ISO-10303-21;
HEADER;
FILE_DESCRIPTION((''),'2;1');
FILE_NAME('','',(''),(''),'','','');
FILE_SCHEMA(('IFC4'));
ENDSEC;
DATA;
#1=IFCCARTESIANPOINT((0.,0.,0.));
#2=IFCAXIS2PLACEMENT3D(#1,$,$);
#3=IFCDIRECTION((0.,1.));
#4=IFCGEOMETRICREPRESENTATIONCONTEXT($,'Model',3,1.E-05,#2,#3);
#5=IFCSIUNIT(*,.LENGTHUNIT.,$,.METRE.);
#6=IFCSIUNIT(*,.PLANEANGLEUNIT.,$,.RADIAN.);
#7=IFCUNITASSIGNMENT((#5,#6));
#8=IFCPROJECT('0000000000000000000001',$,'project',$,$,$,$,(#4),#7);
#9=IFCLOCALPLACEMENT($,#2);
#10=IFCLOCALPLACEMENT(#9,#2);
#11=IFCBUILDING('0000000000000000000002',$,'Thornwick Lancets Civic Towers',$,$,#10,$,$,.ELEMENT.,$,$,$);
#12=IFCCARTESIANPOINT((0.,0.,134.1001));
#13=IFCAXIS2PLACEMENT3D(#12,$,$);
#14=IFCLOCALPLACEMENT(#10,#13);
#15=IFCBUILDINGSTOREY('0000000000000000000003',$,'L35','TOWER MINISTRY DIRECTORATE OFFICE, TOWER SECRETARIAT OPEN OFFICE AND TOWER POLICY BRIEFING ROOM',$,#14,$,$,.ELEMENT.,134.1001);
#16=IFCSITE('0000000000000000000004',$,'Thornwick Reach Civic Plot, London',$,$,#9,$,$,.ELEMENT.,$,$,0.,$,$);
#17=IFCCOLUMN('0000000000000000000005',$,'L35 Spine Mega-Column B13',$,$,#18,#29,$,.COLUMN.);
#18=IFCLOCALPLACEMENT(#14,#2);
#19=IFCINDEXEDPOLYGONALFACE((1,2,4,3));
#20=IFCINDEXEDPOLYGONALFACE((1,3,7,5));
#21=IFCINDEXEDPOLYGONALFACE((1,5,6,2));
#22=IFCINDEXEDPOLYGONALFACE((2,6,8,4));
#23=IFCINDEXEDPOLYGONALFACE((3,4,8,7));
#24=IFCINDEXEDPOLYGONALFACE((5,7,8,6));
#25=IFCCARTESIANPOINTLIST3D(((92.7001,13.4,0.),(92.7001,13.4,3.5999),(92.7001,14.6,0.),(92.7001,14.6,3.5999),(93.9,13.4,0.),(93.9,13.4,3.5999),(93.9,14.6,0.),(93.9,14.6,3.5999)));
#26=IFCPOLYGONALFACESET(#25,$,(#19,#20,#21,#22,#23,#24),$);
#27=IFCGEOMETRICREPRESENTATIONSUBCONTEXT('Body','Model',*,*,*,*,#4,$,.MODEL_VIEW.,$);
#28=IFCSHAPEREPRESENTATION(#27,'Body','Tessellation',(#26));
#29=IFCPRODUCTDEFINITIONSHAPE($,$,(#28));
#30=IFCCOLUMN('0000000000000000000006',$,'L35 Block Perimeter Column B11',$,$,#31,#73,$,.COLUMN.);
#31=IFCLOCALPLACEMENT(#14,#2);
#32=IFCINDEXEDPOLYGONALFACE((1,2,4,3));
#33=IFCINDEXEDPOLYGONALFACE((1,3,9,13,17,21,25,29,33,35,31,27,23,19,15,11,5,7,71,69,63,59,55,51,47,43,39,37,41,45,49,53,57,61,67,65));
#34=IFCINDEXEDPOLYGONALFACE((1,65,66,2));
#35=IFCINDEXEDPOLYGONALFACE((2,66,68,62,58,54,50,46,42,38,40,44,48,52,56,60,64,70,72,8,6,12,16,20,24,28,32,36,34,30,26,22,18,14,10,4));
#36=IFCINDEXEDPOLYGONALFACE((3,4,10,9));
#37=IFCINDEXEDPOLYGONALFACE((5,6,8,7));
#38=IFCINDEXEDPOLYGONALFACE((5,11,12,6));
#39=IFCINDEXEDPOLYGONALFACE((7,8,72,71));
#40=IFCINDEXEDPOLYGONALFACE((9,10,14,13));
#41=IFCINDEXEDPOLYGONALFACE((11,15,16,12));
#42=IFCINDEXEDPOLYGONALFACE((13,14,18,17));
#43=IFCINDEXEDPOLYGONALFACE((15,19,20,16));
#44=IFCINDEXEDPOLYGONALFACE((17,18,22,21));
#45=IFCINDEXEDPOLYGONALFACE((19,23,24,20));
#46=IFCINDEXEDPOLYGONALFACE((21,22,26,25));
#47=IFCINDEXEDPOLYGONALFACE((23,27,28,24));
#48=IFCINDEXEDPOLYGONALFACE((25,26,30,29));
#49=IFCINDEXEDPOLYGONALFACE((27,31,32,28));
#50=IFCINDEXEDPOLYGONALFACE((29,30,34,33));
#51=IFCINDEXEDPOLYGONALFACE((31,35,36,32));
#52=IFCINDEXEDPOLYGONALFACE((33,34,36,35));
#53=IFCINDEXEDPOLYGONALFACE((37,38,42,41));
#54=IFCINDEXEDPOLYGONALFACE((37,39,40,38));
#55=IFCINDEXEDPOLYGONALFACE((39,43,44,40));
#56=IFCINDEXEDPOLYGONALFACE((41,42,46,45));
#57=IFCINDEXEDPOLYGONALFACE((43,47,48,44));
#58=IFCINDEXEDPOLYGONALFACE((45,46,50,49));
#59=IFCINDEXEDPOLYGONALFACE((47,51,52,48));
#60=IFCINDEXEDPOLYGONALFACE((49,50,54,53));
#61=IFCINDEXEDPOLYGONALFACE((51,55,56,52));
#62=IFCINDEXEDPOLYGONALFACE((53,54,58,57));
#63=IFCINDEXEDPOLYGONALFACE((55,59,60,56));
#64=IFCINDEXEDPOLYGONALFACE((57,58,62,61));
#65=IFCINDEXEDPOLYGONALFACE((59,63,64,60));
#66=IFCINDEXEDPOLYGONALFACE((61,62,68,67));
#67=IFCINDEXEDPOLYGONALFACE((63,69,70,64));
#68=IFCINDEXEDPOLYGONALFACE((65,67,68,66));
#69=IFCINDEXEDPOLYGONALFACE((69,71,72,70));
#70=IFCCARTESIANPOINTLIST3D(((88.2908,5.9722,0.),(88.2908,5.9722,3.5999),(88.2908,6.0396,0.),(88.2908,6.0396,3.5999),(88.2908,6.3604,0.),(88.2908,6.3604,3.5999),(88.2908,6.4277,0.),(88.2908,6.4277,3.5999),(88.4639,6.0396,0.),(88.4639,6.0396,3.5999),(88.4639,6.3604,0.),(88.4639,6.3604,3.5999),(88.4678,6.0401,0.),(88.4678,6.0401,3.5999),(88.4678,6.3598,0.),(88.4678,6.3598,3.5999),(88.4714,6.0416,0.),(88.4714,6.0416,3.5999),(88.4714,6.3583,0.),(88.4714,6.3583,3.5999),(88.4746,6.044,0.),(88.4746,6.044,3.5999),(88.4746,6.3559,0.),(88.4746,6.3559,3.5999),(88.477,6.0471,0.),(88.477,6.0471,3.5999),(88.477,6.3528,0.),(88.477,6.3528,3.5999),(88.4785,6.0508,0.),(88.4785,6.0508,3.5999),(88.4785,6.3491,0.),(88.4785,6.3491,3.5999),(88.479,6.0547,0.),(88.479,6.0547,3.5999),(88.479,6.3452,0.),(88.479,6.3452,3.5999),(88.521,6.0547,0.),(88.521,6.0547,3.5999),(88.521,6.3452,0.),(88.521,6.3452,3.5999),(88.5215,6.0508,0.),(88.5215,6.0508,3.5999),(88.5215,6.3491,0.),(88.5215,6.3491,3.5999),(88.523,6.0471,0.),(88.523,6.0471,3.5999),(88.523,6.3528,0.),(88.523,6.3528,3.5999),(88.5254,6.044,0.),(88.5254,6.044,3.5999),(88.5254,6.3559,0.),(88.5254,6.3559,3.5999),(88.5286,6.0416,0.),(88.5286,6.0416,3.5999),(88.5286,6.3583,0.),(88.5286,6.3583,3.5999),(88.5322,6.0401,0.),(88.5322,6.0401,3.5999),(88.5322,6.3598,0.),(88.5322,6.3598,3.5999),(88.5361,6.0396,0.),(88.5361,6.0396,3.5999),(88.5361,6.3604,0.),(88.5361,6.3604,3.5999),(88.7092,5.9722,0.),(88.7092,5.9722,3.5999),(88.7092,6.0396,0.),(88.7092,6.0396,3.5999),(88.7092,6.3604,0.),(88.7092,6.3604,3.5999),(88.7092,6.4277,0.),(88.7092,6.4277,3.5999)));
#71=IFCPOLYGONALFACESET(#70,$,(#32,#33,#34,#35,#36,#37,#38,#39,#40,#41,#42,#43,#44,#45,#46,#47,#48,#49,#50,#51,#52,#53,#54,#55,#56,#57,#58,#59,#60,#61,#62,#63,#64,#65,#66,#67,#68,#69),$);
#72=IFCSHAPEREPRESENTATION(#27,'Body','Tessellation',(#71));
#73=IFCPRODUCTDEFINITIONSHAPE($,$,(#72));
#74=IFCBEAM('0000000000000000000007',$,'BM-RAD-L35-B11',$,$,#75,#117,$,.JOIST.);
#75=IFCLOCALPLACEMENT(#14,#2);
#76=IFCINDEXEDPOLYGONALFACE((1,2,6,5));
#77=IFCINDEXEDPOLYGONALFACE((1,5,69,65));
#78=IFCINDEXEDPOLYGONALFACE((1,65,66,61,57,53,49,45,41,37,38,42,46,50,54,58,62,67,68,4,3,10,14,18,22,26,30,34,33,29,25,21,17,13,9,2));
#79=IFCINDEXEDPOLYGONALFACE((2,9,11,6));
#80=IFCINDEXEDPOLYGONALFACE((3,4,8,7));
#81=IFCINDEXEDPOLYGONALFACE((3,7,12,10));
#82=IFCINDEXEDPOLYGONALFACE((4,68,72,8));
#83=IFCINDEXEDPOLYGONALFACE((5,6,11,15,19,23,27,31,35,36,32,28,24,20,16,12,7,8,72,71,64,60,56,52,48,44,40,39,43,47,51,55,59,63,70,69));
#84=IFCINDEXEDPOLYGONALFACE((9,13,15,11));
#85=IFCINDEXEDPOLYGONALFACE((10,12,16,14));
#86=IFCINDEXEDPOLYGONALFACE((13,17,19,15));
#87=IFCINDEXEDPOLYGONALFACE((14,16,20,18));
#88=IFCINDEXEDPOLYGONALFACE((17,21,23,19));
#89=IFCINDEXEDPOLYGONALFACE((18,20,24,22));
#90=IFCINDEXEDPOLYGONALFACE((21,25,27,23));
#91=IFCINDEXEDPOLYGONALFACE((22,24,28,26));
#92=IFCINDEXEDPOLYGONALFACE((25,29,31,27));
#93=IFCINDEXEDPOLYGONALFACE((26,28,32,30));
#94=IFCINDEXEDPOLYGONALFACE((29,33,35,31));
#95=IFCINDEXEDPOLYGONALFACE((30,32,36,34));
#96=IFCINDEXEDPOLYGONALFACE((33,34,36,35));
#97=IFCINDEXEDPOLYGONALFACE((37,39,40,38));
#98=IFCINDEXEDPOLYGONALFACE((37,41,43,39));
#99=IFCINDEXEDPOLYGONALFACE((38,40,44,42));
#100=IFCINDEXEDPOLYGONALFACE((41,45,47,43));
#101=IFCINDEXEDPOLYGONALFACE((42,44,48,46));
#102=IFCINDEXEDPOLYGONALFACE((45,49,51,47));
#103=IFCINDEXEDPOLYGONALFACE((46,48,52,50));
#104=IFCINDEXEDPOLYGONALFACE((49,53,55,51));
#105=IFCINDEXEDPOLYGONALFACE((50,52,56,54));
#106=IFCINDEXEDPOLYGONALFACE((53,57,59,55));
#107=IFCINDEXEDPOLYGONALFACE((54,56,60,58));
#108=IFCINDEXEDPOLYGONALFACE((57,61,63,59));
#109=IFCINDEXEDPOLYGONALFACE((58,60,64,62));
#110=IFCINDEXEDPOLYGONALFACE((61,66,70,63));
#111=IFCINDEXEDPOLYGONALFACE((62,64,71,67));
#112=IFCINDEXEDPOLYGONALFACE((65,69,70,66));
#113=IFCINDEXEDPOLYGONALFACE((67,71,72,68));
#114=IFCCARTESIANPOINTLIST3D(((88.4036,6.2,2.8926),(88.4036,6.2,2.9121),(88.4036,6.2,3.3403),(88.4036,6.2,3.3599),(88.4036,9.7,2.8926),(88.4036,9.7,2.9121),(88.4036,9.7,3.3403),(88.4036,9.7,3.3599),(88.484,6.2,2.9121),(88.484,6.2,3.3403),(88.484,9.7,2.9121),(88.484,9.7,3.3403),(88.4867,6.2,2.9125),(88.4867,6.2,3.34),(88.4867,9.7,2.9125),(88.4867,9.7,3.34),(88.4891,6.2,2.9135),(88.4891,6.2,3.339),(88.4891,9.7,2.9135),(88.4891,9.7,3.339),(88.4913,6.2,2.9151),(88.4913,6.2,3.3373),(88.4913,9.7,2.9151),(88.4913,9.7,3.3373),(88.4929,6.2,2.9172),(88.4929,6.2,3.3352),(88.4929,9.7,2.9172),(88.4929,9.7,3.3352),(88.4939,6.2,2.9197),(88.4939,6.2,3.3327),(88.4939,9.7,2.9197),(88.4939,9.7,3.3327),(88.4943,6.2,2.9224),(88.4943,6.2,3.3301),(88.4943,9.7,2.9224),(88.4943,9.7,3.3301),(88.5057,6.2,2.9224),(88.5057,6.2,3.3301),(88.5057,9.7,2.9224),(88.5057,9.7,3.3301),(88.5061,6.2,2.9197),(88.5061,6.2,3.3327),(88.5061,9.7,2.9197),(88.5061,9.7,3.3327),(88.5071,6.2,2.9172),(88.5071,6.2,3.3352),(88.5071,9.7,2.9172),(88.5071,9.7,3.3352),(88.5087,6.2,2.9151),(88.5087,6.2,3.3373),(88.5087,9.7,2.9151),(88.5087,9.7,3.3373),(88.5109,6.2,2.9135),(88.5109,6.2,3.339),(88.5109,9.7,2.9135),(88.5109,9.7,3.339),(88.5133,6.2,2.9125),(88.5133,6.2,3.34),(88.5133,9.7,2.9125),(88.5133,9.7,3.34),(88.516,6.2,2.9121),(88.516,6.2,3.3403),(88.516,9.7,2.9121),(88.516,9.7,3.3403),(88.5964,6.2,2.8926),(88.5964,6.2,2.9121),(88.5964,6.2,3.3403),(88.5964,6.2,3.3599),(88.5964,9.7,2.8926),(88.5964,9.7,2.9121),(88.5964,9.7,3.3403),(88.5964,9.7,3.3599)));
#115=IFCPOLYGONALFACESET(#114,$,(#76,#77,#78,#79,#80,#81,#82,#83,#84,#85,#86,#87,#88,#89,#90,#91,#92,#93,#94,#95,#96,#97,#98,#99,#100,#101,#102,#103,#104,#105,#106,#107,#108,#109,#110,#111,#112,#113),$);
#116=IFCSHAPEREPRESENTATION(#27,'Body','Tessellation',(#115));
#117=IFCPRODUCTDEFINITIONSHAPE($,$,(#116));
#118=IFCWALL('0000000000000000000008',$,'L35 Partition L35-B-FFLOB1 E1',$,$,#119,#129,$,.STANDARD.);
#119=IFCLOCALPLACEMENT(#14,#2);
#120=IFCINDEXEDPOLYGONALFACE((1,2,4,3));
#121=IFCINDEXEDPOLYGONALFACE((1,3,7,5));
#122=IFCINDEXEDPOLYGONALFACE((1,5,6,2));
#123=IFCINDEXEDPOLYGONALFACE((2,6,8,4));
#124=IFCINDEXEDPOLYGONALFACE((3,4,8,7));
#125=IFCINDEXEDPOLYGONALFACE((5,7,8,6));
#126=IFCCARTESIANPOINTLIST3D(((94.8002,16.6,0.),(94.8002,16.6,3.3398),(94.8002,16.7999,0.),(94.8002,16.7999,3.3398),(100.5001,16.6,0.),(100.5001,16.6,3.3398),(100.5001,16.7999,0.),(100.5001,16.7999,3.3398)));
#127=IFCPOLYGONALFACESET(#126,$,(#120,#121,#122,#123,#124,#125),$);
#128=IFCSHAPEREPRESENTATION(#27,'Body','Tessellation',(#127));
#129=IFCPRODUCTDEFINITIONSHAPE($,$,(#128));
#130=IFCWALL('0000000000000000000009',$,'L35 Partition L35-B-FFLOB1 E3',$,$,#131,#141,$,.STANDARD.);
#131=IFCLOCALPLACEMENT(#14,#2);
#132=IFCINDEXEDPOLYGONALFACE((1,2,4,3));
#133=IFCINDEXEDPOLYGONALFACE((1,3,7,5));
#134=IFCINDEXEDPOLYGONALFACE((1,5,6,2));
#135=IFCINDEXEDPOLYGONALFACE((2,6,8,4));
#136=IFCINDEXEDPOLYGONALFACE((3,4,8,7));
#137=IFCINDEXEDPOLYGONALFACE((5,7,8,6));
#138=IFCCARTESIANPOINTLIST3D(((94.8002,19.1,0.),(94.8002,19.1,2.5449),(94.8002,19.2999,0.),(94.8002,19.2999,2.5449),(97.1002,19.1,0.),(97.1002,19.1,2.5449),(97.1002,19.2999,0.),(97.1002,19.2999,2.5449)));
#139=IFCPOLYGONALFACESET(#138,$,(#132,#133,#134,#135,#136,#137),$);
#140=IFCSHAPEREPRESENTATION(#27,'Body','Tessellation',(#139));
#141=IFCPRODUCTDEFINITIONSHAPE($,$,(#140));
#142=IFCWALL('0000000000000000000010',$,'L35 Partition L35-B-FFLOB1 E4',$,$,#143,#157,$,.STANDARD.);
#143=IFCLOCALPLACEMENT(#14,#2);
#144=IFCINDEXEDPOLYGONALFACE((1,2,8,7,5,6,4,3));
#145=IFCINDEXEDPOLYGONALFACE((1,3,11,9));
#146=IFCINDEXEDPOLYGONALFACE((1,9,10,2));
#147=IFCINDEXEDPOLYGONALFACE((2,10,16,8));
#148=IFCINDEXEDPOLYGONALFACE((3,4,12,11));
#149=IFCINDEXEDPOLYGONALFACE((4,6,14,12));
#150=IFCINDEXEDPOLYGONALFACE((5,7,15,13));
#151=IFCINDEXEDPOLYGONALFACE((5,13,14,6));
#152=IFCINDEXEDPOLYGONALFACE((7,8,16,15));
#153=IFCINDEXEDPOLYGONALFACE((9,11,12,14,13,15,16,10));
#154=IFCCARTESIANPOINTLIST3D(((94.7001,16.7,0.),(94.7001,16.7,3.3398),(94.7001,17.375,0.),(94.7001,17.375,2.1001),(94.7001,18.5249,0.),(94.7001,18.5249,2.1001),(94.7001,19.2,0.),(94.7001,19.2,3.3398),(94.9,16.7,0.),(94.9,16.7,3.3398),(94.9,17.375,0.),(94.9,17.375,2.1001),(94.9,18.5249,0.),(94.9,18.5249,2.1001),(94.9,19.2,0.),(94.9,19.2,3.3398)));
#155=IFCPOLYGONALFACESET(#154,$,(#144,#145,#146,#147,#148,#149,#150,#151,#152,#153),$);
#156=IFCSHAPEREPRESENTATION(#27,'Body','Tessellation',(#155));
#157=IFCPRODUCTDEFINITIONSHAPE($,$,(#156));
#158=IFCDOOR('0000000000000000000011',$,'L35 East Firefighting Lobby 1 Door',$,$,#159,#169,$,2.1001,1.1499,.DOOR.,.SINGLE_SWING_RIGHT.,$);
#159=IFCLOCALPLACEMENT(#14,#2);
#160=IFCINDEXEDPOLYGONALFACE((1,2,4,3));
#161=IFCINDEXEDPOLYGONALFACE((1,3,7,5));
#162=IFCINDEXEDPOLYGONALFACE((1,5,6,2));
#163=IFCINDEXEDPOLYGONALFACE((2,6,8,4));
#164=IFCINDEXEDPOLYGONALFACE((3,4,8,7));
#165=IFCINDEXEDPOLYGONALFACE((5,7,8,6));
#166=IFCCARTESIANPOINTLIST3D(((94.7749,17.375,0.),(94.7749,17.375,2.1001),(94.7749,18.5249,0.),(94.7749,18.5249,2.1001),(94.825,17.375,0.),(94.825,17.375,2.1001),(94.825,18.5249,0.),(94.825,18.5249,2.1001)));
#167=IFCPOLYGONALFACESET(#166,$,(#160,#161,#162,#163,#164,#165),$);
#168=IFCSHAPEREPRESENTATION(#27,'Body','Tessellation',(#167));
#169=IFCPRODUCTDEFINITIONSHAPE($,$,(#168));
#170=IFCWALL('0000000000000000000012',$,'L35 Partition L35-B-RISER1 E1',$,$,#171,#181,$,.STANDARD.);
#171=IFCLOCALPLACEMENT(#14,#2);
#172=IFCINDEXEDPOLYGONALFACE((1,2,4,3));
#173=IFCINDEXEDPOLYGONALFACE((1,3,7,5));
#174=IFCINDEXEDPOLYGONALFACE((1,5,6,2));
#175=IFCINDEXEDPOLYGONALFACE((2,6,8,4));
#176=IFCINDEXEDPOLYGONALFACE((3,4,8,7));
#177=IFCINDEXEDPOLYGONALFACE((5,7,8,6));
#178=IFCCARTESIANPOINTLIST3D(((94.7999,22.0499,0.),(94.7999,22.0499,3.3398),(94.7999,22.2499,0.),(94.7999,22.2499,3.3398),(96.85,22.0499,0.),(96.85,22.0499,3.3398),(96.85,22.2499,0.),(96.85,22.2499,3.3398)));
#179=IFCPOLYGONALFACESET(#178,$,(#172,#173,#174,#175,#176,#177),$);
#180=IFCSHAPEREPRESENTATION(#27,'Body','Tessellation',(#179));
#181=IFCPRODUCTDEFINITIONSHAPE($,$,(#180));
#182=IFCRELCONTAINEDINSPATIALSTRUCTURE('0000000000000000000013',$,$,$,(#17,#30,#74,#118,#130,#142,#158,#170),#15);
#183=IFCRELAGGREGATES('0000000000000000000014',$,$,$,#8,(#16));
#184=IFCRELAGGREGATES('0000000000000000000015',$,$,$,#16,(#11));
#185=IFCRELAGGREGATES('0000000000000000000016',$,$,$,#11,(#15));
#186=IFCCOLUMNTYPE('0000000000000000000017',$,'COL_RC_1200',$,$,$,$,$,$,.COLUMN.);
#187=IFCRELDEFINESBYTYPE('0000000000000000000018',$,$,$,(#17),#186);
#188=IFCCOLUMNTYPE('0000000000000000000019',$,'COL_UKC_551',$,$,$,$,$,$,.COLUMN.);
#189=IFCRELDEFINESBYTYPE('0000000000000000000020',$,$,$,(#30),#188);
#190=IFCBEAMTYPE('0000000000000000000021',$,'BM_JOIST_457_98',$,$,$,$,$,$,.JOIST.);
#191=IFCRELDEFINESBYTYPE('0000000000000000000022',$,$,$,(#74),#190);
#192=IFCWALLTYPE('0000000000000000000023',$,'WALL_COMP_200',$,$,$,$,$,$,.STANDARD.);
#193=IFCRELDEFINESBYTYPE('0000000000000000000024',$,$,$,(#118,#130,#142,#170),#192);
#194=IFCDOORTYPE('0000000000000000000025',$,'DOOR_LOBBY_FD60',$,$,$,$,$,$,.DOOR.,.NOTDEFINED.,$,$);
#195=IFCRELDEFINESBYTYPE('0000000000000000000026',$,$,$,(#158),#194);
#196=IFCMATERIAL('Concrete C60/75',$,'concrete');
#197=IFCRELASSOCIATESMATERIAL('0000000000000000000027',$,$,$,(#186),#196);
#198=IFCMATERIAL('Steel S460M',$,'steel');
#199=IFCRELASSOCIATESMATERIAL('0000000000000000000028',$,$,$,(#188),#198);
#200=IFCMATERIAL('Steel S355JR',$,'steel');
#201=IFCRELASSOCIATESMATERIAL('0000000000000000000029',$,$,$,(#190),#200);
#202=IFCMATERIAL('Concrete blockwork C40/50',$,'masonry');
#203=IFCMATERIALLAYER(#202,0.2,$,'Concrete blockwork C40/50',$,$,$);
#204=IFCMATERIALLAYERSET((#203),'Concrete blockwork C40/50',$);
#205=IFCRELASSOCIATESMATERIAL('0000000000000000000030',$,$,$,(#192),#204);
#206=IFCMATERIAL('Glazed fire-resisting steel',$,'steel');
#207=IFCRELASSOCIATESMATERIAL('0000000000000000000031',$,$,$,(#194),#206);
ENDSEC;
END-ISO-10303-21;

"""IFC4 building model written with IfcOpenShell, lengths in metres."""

from ifc_helpers import new_model, si_unit, direction, frame, frame_2d, origin, origin_2d, place, context, subcontext, project, spatial, rectangle, i_section, extrude, material, layer, layer_set, material_profile, profile_set, type_object, element, fill, save


model = new_model("IFC4")

# Units and contexts
model_context = context("Model", 3, precision=1e-05, world=origin(), true_north=direction((0.0, 1.0)))
body_context = subcontext(model_context, "Body", "Model", "MODEL_VIEW")
ifc_project = project(units=[si_unit("LENGTHUNIT", "METRE"), si_unit("PLANEANGLEUNIT", "RADIAN")], contexts=[model_context])

# Site, building, storey
site_placement = place(None, origin())
site = spatial("IfcSite", under=ifc_project, at=site_placement, Name="Thornwick Reach Civic Plot, London", CompositionType="ELEMENT", RefElevation=0.0)
building_placement = place(site_placement, origin())
building = spatial("IfcBuilding", under=site, at=building_placement, Name="Thornwick Lancets Civic Towers", CompositionType="ELEMENT")
storey_placement = place(building_placement, frame((0.0, 0.0, 134.1001)))
storey = spatial("IfcBuildingStorey", under=building, at=storey_placement, Name="L35", Description="TOWER MINISTRY DIRECTORATE OFFICE, TOWER SECRETARIAT OPEN OFFICE AND TOWER POLICY BRIEFING ROOM", CompositionType="ELEMENT", Elevation=134.1001)

# Columns
ifc_material_1 = material(Name="Concrete C60/75", Category="concrete")
ifc_material_profile_1 = material_profile(ifc_material_1, rectangle(XDim=1.2, YDim=1.2, at=origin_2d()), Name="RC 1200x1200")
ifc_profile_set_1 = profile_set([ifc_material_profile_1], Name="Concrete C60/75")
column_type_1 = type_object("IfcColumnType", Name="COL_RC_1200", PredefinedType="COLUMN", material=ifc_profile_set_1)
column_1_placement = place(storey_placement, frame((93.3, 14.0, 0.0), z_axis=(0.0, 0.0, 1.0), x_axis=(1.0, 0.0, 0.0)))
element("IfcColumn", 1, at=column_1_placement, inside=storey, type_object=column_type_1, Name="L35 Spine Mega-Column B13", PredefinedType="COLUMN", context=body_context, shape_type="SweptSolid", body=[
    extrude(rectangle(XDim=1.2, YDim=1.2, at=origin_2d()), origin(), (0.0, 0.0, 1.0), 3.5999),
])
ifc_material_2 = material(Name="Steel S460M", Category="steel")
ifc_material_profile_2 = material_profile(ifc_material_2, i_section(OverallWidth=0.4185, OverallDepth=0.4556, WebThickness=0.042, FlangeThickness=0.0674, FilletRadius=0.0151, at=origin_2d()), Name="UKC 356x406x551")
ifc_profile_set_2 = profile_set([ifc_material_profile_2], Name="Steel S460M")
column_type_2 = type_object("IfcColumnType", Name="COL_UKC_551", PredefinedType="COLUMN", material=ifc_profile_set_2)
column_2_placement = place(storey_placement, frame((88.5, 6.2, 0.0), z_axis=(0.0, 0.0, 1.0), x_axis=(1.0, 0.0, 0.0)))
element("IfcColumn", 2, at=column_2_placement, inside=storey, type_object=column_type_2, Name="L35 Block Perimeter Column B11", PredefinedType="COLUMN", context=body_context, shape_type="SweptSolid", body=[
    extrude(i_section(OverallWidth=0.4185, OverallDepth=0.4556, WebThickness=0.042, FlangeThickness=0.0674, FilletRadius=0.0151, at=origin_2d()), origin(), (0.0, 0.0, 1.0), 3.5999),
])

# Beam
ifc_material_3 = material(Name="Steel S355JR", Category="steel")
ifc_material_profile_3 = material_profile(ifc_material_3, i_section(OverallWidth=0.1929, OverallDepth=0.4673, WebThickness=0.0115, FlangeThickness=0.0195, FilletRadius=0.0103, at=origin_2d()), Name="UKB 457x191x98")
ifc_profile_set_3 = profile_set([ifc_material_profile_3], Name="Steel S355JR")
beam_type = type_object("IfcBeamType", Name="BM_JOIST_457_98", PredefinedType="JOIST", material=ifc_profile_set_3)
beam_placement = place(storey_placement, frame((88.5, 9.7, 3.1262), z_axis=(0.0, -1.0, 0.0), x_axis=(1.0, 0.0, 0.0)))
element("IfcBeam", 3, at=beam_placement, inside=storey, type_object=beam_type, Name="BM-RAD-L35-B11", PredefinedType="JOIST", context=body_context, shape_type="SweptSolid", body=[
    extrude(i_section(OverallWidth=0.1929, OverallDepth=0.4673, WebThickness=0.0115, FlangeThickness=0.0195, FilletRadius=0.0103, at=origin_2d()), origin(), (0.0, 0.0, 1.0), 3.5),
])

# Walls
ifc_material_4 = material(Name="Concrete blockwork C40/50", Category="masonry")
ifc_layer_1 = layer(ifc_material_4, 0.2, Name="Concrete blockwork C40/50")
ifc_layer_set_1 = layer_set([ifc_layer_1], Name="Concrete blockwork C40/50")
wall_type_1 = type_object("IfcWallType", Name="WALL_COMP_200", PredefinedType="STANDARD", material=ifc_layer_set_1)
wall_1_placement = place(storey_placement, frame((94.8, 16.7, 0.0), z_axis=(0.0, 0.0, 1.0), x_axis=(1.0, 0.0, 0.0)))
element("IfcWall", 4, at=wall_1_placement, inside=storey, type_object=wall_type_1, Name="L35 Partition L35-B-FFLOB1 E1", PredefinedType="STANDARD", context=body_context, shape_type="SweptSolid", body=[
    extrude(rectangle(XDim=5.7, YDim=0.2, at=frame_2d((2.8501, 0.0))), origin(), (0.0, 0.0, 1.0), 3.3398),
])
wall_2_placement = place(storey_placement, frame((97.1001, 19.2, 0.0), z_axis=(0.0, 0.0, 1.0), x_axis=(-1.0, 0.0, 0.0)))
element("IfcWall", 5, at=wall_2_placement, inside=storey, type_object=wall_type_1, Name="L35 Partition L35-B-FFLOB1 E3", PredefinedType="STANDARD", context=body_context, shape_type="SweptSolid", body=[
    extrude(rectangle(XDim=2.3, YDim=0.2, at=frame_2d((1.1499, 0.0))), origin(), (0.0, 0.0, 1.0), 2.5449),
])

# Wall, opening, door
wall_3_placement = place(storey_placement, frame((94.8, 19.2, 0.0), z_axis=(0.0, 0.0, 1.0), x_axis=(0.0, -1.0, 0.0)))
wall_3 = element("IfcWall", 6, at=wall_3_placement, inside=storey, type_object=wall_type_1, Name="L35 Partition L35-B-FFLOB1 E4", PredefinedType="STANDARD", context=body_context, shape_type="SweptSolid", body=[
    extrude(rectangle(XDim=2.5, YDim=0.2, at=frame_2d((1.25, 0.0))), origin(), (0.0, 0.0, 1.0), 3.3398),
])
opening_1_placement = place(wall_3_placement, frame((0.675, 0.0, 0.0)))
opening_1 = element("IfcOpeningElement", 7, at=opening_1_placement, cuts=wall_3, PredefinedType="OPENING", context=body_context, shape_type="SweptSolid", body=[
    extrude(rectangle(XDim=1.1499, YDim=2.1001, at=frame_2d((0.575, 1.05))), frame((0.0, 0.1099, 0.0), z_axis=(0.0, -1.0, 0.0), x_axis=(1.0, 0.0, 0.0)), (0.0, 0.0, 1.0), 0.22),
])
ifc_material_5 = material(Name="Glazed fire-resisting steel", Category="steel")
door_type_1 = type_object("IfcDoorType", Name="DOOR_LOBBY_FD60", OperationType="NOTDEFINED", PredefinedType="DOOR", material=ifc_material_5)
door_1_placement = place(opening_1_placement, origin())
door_1 = element("IfcDoor", 8, at=door_1_placement, inside=storey, type_object=door_type_1, Name="L35 East Firefighting Lobby 1 Door", OperationType="SINGLE_SWING_RIGHT", OverallHeight=2.1001, OverallWidth=1.1499, PredefinedType="DOOR", context=body_context, shape_type="SweptSolid", body=[
    extrude(rectangle(XDim=1.1499, YDim=2.1001, at=frame_2d((0.575, 1.05))), frame((0.0, 0.0249, 0.0), z_axis=(0.0, -1.0, 0.0), x_axis=(1.0, 0.0, 0.0)), (0.0, 0.0, 1.0), 0.05),
])
fill(opening_1, door_1)

# Wall
wall_4_placement = place(storey_placement, frame((94.8, 22.1499, 0.0), z_axis=(0.0, 0.0, 1.0), x_axis=(1.0, 0.0, 0.0)))
element("IfcWall", 9, at=wall_4_placement, inside=storey, type_object=wall_type_1, Name="L35 Partition L35-B-RISER1 E1", PredefinedType="STANDARD", context=body_context, shape_type="SweptSolid", body=[
    extrude(rectangle(XDim=2.05, YDim=0.2, at=frame_2d((1.0249, 0.0))), origin(), (0.0, 0.0, 1.0), 3.3398),
])

save(model, "model.ifc")
